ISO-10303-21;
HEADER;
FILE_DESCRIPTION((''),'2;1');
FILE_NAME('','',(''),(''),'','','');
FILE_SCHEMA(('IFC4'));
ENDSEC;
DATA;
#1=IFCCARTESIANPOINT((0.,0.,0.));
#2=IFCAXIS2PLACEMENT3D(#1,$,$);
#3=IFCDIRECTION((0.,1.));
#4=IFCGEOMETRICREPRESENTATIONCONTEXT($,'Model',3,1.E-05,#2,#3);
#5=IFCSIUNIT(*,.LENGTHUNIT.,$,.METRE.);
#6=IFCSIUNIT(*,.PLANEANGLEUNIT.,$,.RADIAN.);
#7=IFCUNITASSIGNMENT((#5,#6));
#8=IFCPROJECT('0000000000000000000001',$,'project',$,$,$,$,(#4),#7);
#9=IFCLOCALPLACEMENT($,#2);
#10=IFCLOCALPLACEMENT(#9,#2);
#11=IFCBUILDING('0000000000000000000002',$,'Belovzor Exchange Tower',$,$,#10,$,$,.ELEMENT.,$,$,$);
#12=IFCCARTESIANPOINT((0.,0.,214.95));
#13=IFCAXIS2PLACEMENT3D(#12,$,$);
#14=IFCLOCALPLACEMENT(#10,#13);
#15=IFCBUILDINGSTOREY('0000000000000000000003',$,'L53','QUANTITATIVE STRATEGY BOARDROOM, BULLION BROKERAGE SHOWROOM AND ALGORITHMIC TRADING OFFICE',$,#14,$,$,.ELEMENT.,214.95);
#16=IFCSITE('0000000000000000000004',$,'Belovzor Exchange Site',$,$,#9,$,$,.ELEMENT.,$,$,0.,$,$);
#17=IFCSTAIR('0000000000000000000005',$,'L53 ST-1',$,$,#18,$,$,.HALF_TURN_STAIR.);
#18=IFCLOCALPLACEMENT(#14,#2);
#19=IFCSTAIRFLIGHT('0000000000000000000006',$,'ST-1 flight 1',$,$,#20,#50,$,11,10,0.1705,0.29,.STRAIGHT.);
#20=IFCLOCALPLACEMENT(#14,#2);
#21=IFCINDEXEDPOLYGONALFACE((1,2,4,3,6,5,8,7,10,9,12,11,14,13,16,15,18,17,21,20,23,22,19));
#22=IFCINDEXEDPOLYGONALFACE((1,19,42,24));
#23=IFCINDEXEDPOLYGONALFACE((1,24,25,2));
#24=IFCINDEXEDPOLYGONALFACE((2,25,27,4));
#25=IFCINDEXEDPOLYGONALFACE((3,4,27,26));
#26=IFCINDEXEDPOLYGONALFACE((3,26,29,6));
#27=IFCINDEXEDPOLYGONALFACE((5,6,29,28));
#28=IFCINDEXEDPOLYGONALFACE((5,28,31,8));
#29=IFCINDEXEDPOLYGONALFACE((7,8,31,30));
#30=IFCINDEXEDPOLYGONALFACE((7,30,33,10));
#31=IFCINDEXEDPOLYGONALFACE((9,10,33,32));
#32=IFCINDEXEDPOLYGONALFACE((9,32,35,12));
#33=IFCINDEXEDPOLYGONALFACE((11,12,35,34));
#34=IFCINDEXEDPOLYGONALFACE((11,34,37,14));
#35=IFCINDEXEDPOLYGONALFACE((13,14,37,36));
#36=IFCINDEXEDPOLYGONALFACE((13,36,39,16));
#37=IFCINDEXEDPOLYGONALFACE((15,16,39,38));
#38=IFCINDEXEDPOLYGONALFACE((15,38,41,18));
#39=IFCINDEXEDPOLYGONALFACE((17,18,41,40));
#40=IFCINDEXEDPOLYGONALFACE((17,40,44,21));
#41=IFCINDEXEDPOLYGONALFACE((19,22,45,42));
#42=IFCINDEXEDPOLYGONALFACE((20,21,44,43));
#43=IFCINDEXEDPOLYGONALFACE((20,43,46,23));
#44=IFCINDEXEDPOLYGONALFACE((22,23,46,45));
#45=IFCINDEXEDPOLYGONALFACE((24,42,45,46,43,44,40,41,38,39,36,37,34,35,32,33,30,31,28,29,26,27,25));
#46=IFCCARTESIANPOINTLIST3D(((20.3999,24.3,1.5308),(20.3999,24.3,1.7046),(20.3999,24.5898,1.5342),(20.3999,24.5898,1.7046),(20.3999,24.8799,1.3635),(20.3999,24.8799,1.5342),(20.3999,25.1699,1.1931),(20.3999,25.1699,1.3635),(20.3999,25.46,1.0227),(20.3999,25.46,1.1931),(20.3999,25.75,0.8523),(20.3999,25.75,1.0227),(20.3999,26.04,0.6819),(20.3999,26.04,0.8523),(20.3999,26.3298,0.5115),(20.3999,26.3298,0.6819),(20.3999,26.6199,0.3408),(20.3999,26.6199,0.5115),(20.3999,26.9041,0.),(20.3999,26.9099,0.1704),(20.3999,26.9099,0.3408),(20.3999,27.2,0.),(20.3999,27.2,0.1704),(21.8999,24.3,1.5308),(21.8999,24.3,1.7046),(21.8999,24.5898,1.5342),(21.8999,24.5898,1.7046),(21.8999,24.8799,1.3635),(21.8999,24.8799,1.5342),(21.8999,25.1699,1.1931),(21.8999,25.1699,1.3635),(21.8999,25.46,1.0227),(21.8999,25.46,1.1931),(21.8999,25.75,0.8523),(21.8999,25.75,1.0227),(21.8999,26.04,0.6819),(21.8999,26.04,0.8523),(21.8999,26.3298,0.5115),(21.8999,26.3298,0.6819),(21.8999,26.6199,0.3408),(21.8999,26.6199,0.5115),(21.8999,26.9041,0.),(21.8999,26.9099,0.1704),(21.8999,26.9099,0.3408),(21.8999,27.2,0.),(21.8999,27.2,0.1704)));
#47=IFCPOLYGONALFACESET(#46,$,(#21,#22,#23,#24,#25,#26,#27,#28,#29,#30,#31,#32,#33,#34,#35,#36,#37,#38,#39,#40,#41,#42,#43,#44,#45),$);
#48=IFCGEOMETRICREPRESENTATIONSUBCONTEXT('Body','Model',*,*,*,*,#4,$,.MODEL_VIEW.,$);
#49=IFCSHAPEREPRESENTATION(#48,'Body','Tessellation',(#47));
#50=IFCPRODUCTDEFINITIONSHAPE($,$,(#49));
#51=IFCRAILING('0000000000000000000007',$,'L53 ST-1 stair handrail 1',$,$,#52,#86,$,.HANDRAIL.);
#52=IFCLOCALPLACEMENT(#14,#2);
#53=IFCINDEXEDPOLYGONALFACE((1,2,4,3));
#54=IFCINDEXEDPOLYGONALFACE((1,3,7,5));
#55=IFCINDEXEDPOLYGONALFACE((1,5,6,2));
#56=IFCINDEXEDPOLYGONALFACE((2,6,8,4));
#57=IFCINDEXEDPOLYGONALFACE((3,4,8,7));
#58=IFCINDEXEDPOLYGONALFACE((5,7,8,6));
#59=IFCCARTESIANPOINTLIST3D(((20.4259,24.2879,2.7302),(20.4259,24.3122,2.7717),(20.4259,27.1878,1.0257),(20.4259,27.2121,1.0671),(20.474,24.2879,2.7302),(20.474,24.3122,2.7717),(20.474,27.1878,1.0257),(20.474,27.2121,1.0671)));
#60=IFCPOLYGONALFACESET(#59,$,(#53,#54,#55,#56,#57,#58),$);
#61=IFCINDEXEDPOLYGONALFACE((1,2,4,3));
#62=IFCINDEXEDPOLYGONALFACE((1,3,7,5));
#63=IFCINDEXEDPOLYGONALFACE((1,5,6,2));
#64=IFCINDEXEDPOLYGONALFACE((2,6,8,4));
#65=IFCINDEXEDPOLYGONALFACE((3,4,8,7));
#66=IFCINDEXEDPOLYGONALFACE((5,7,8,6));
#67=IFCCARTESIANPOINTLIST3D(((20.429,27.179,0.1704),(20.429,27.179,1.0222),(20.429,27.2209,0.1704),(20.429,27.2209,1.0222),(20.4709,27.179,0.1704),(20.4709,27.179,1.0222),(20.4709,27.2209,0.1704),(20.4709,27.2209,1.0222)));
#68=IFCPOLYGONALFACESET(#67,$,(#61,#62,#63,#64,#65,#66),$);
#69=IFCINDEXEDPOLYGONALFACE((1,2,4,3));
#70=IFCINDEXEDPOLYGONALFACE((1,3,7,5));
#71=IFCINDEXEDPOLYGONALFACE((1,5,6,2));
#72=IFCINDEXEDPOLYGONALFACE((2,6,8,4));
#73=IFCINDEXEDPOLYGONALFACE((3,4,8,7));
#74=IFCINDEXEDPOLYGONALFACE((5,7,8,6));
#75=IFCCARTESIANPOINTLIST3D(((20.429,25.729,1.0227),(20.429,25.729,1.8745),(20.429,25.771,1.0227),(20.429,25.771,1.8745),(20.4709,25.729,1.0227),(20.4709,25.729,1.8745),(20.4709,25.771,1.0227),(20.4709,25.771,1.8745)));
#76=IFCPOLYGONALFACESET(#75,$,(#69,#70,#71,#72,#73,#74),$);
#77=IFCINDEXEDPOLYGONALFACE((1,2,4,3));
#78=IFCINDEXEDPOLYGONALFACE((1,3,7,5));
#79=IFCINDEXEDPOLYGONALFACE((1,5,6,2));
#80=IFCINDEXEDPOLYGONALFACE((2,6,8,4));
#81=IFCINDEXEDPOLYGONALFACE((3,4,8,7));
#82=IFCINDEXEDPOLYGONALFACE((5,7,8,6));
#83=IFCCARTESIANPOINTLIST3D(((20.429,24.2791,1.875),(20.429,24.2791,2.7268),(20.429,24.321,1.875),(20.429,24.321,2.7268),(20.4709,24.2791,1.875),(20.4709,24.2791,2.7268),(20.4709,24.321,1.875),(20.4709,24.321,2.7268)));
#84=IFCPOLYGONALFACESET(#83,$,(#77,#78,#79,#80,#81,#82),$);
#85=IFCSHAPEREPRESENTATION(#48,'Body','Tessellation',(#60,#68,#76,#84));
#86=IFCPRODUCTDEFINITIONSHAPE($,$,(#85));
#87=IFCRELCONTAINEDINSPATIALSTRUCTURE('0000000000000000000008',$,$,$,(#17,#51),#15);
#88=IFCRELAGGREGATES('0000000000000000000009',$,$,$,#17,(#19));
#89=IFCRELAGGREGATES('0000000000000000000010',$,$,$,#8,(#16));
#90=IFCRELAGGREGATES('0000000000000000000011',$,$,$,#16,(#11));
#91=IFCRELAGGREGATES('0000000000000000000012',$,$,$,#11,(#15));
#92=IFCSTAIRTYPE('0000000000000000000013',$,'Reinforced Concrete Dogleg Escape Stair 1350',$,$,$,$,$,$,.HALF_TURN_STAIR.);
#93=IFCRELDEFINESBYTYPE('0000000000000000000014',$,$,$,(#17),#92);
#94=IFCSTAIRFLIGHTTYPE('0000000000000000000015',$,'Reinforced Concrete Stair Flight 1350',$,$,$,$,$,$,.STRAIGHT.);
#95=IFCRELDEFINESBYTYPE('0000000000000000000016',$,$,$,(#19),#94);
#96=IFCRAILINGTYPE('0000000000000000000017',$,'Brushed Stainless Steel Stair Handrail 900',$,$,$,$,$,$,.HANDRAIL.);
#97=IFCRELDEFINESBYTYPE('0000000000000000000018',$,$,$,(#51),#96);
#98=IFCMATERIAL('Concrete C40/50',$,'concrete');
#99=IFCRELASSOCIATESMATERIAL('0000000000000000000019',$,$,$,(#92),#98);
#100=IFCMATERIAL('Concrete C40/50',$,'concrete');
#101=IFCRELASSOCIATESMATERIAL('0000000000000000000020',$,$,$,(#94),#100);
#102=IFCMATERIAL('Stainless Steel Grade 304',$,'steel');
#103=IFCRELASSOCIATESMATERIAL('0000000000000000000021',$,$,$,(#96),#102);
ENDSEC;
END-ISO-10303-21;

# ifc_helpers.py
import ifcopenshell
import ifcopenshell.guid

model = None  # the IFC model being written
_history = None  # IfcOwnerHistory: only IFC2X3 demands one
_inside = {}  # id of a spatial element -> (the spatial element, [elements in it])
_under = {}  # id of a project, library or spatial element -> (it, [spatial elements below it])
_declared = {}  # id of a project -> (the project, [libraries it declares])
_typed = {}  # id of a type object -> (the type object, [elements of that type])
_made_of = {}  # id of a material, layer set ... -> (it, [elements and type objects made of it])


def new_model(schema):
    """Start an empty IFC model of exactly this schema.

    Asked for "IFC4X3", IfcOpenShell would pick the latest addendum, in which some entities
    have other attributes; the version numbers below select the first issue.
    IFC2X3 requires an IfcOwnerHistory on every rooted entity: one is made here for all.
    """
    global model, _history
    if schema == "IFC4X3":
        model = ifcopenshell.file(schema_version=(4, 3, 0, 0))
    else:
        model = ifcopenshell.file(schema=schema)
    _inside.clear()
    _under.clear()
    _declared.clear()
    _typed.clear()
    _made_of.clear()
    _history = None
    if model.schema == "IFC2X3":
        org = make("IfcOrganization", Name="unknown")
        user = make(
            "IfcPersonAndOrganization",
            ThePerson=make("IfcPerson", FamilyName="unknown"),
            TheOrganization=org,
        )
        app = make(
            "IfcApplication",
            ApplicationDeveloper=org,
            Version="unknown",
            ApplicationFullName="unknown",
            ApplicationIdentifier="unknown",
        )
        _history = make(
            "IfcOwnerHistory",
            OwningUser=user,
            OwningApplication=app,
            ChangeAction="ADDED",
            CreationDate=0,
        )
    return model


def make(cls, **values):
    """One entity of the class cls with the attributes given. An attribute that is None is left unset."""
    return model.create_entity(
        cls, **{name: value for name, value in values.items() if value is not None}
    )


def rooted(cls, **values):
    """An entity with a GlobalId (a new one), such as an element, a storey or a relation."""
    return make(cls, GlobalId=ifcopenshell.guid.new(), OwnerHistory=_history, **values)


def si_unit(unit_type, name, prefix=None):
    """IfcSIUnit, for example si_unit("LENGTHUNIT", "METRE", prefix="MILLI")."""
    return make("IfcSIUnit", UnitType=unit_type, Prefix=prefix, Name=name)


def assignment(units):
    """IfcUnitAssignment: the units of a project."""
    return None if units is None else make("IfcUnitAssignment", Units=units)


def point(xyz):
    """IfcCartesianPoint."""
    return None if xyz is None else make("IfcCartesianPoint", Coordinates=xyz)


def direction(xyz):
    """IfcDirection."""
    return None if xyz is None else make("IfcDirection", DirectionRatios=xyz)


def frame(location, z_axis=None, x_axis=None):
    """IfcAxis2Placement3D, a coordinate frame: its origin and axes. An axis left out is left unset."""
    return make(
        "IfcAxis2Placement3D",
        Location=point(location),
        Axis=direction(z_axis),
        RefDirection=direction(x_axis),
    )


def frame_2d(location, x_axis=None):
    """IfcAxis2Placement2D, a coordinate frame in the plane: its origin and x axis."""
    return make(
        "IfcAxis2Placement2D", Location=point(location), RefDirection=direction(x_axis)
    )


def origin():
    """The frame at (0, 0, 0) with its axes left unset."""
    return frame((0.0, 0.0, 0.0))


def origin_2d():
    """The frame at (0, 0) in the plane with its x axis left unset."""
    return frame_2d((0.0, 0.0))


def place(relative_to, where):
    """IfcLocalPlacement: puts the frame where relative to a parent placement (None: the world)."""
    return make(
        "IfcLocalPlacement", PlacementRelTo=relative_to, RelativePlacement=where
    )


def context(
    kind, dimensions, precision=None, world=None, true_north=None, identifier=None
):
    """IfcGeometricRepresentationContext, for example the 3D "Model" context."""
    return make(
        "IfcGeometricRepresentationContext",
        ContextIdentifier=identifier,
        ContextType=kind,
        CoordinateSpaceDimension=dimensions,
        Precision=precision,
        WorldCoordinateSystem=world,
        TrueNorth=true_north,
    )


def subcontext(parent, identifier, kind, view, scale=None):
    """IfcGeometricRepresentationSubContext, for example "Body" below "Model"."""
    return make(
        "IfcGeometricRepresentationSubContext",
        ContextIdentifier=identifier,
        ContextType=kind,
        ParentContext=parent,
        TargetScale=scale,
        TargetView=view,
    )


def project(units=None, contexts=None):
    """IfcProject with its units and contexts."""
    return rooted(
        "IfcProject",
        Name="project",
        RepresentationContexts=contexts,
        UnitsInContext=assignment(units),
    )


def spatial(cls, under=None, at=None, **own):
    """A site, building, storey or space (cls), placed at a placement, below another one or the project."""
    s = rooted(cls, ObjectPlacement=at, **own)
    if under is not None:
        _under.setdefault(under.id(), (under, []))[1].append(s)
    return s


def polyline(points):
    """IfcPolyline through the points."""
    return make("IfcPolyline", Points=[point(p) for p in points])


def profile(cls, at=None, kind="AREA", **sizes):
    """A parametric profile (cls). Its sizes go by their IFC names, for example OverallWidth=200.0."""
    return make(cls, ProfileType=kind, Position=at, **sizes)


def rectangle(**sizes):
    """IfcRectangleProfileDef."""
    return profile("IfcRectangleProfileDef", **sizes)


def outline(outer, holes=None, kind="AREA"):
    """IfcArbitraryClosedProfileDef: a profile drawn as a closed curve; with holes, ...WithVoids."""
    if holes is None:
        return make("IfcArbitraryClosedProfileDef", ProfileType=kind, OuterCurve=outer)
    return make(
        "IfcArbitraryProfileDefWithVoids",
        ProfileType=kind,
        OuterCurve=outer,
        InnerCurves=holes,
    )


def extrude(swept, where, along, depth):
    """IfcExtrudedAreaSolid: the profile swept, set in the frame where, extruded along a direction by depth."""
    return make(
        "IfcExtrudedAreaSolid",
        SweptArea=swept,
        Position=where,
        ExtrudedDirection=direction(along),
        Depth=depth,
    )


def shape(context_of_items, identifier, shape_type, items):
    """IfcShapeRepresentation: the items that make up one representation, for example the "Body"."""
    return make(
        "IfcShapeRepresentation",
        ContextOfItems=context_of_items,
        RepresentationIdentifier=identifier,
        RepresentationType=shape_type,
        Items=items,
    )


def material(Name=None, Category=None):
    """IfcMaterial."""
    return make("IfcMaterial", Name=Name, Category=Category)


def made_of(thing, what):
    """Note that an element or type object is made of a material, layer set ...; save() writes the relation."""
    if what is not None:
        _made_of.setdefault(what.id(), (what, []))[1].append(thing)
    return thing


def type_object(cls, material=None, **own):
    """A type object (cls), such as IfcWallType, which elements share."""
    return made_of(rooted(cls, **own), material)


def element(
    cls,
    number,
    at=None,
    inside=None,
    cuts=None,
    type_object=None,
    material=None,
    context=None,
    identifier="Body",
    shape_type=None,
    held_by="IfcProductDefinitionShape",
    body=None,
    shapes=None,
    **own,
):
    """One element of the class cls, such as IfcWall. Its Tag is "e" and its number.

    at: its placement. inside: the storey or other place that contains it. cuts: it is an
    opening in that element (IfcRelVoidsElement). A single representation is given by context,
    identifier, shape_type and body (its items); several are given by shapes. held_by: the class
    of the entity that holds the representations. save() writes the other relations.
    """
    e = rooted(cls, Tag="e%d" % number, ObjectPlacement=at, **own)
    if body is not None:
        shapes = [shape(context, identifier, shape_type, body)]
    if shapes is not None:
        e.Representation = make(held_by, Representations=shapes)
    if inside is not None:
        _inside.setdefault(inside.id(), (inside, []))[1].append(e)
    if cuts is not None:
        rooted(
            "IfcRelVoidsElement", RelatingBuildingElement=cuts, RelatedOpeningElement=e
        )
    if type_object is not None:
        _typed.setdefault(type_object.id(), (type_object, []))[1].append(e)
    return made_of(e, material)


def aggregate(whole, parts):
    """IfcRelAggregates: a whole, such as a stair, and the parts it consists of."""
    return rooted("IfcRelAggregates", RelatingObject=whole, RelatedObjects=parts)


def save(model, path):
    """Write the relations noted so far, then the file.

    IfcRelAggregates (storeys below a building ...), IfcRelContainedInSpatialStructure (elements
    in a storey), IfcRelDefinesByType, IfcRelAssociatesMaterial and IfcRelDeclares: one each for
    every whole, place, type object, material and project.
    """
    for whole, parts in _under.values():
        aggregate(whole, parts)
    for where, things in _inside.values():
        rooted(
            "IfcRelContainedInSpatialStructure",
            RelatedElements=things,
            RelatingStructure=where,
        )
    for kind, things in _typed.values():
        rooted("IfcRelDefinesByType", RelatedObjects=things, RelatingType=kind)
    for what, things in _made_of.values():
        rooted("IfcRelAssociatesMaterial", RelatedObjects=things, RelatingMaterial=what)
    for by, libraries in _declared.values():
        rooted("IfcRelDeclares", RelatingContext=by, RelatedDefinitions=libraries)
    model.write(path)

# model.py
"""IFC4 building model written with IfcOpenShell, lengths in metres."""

from ifc_helpers import new_model, si_unit, direction, frame, origin, origin_2d, place, context, subcontext, project, spatial, polyline, rectangle, outline, extrude, material, type_object, element, aggregate, save


model = new_model("IFC4")

# Units and contexts
model_context = context("Model", 3, precision=1e-05, world=origin(), true_north=direction((0.0, 1.0)))
body_context = subcontext(model_context, "Body", "Model", "MODEL_VIEW")
ifc_project = project(units=[si_unit("LENGTHUNIT", "METRE"), si_unit("PLANEANGLEUNIT", "RADIAN")], contexts=[model_context])

# Site, building, storey
site_placement = place(None, origin())
site = spatial("IfcSite", under=ifc_project, at=site_placement, Name="Belovzor Exchange Site", CompositionType="ELEMENT", RefElevation=0.0)
building_placement = place(site_placement, origin())
building = spatial("IfcBuilding", under=site, at=building_placement, Name="Belovzor Exchange Tower", CompositionType="ELEMENT")
storey_placement = place(building_placement, frame((0.0, 0.0, 214.95)))
storey = spatial("IfcBuildingStorey", under=building, at=storey_placement, Name="L53", Description="QUANTITATIVE STRATEGY BOARDROOM, BULLION BROKERAGE SHOWROOM AND ALGORITHMIC TRADING OFFICE", CompositionType="ELEMENT", Elevation=214.95)

# Stair, stair flight
ifc_material_1 = material(Name="Concrete C40/50", Category="concrete")
stair_type = type_object("IfcStairType", Name="Reinforced Concrete Dogleg Escape Stair 1350", PredefinedType="HALF_TURN_STAIR", material=ifc_material_1)
stair_placement = place(storey_placement, origin())
stair = element("IfcStair", 1, at=stair_placement, inside=storey, type_object=stair_type, Name="L53 ST-1", PredefinedType="HALF_TURN_STAIR")
ifc_material_2 = material(Name="Concrete C40/50", Category="concrete")
stair_flight_type = type_object("IfcStairFlightType", Name="Reinforced Concrete Stair Flight 1350", PredefinedType="STRAIGHT", material=ifc_material_2)
stair_flight_placement = place(storey_placement, frame((21.1499, 27.2, 0.0), z_axis=(0.0, 0.0, 1.0), x_axis=(0.0, -1.0, 0.0)))
stair_flight = element("IfcStairFlight", 2, at=stair_flight_placement, type_object=stair_flight_type, Name="ST-1 flight 1", NumberOfRisers=11, NumberOfTreads=10, PredefinedType="STRAIGHT", RiserHeight=0.1705, TreadLength=0.29, context=body_context, shape_type="SweptSolid", body=[
    extrude(outline(polyline([(0.0, 0.0), (0.0, 0.1704), (0.29, 0.1704), (0.29, 0.3408), (0.5801, 0.3408), (0.5801, 0.5115), (0.8701, 0.5115), (0.8701, 0.6819), (1.1599, 0.6819), (1.1599, 0.8523), (1.45, 0.8523), (1.45, 1.0227), (1.74, 1.0227), (1.74, 1.1931), (2.03, 1.1931), (2.03, 1.3635), (2.3201, 1.3635), (2.3201, 1.5342), (2.6101, 1.5342), (2.6101, 1.7046), (2.8999, 1.7046), (2.8999, 1.875), (2.8999, 1.5308), (0.2959, 0.0), (0.0, 0.0)])), frame((0.0, 0.75, 0.0), z_axis=(0.0, -1.0, 0.0), x_axis=(1.0, 0.0, 0.0)), (0.0, 0.0, 1.0), 1.5),
])
aggregate(stair, [stair_flight])

# Railing
ifc_material_3 = material(Name="Stainless Steel Grade 304", Category="steel")
railing_type_1 = type_object("IfcRailingType", Name="Brushed Stainless Steel Stair Handrail 900", PredefinedType="HANDRAIL", material=ifc_material_3)
railing_1_placement = place(storey_placement, frame((20.45, 27.2, 0.1704)))
element("IfcRailing", 3, at=railing_1_placement, inside=storey, type_object=railing_type_1, Name="L53 ST-1 stair handrail 1", PredefinedType="HANDRAIL", context=body_context, shape_type="SweptSolid", body=[
    extrude(rectangle(XDim=0.0481, YDim=0.0481, at=origin_2d()), frame((0.0, 0.0, 0.876), z_axis=(0.0, -0.862095, 0.506747), x_axis=(1.0, 0.0, 0.0)), (0.0, 0.0, 1.0), 3.3638),
    extrude(rectangle(XDim=0.042, YDim=0.042, at=origin_2d()), origin(), (0.0, 0.0, 1.0), 0.8518),
    extrude(rectangle(XDim=0.042, YDim=0.042, at=origin_2d()), frame((0.0, -1.45, 0.8523)), (0.0, 0.0, 1.0), 0.8518),
    extrude(rectangle(XDim=0.042, YDim=0.042, at=origin_2d()), frame((0.0, -2.8999, 1.7046)), (0.0, 0.0, 1.0), 0.8518),
])

save(model, "model.ifc")
